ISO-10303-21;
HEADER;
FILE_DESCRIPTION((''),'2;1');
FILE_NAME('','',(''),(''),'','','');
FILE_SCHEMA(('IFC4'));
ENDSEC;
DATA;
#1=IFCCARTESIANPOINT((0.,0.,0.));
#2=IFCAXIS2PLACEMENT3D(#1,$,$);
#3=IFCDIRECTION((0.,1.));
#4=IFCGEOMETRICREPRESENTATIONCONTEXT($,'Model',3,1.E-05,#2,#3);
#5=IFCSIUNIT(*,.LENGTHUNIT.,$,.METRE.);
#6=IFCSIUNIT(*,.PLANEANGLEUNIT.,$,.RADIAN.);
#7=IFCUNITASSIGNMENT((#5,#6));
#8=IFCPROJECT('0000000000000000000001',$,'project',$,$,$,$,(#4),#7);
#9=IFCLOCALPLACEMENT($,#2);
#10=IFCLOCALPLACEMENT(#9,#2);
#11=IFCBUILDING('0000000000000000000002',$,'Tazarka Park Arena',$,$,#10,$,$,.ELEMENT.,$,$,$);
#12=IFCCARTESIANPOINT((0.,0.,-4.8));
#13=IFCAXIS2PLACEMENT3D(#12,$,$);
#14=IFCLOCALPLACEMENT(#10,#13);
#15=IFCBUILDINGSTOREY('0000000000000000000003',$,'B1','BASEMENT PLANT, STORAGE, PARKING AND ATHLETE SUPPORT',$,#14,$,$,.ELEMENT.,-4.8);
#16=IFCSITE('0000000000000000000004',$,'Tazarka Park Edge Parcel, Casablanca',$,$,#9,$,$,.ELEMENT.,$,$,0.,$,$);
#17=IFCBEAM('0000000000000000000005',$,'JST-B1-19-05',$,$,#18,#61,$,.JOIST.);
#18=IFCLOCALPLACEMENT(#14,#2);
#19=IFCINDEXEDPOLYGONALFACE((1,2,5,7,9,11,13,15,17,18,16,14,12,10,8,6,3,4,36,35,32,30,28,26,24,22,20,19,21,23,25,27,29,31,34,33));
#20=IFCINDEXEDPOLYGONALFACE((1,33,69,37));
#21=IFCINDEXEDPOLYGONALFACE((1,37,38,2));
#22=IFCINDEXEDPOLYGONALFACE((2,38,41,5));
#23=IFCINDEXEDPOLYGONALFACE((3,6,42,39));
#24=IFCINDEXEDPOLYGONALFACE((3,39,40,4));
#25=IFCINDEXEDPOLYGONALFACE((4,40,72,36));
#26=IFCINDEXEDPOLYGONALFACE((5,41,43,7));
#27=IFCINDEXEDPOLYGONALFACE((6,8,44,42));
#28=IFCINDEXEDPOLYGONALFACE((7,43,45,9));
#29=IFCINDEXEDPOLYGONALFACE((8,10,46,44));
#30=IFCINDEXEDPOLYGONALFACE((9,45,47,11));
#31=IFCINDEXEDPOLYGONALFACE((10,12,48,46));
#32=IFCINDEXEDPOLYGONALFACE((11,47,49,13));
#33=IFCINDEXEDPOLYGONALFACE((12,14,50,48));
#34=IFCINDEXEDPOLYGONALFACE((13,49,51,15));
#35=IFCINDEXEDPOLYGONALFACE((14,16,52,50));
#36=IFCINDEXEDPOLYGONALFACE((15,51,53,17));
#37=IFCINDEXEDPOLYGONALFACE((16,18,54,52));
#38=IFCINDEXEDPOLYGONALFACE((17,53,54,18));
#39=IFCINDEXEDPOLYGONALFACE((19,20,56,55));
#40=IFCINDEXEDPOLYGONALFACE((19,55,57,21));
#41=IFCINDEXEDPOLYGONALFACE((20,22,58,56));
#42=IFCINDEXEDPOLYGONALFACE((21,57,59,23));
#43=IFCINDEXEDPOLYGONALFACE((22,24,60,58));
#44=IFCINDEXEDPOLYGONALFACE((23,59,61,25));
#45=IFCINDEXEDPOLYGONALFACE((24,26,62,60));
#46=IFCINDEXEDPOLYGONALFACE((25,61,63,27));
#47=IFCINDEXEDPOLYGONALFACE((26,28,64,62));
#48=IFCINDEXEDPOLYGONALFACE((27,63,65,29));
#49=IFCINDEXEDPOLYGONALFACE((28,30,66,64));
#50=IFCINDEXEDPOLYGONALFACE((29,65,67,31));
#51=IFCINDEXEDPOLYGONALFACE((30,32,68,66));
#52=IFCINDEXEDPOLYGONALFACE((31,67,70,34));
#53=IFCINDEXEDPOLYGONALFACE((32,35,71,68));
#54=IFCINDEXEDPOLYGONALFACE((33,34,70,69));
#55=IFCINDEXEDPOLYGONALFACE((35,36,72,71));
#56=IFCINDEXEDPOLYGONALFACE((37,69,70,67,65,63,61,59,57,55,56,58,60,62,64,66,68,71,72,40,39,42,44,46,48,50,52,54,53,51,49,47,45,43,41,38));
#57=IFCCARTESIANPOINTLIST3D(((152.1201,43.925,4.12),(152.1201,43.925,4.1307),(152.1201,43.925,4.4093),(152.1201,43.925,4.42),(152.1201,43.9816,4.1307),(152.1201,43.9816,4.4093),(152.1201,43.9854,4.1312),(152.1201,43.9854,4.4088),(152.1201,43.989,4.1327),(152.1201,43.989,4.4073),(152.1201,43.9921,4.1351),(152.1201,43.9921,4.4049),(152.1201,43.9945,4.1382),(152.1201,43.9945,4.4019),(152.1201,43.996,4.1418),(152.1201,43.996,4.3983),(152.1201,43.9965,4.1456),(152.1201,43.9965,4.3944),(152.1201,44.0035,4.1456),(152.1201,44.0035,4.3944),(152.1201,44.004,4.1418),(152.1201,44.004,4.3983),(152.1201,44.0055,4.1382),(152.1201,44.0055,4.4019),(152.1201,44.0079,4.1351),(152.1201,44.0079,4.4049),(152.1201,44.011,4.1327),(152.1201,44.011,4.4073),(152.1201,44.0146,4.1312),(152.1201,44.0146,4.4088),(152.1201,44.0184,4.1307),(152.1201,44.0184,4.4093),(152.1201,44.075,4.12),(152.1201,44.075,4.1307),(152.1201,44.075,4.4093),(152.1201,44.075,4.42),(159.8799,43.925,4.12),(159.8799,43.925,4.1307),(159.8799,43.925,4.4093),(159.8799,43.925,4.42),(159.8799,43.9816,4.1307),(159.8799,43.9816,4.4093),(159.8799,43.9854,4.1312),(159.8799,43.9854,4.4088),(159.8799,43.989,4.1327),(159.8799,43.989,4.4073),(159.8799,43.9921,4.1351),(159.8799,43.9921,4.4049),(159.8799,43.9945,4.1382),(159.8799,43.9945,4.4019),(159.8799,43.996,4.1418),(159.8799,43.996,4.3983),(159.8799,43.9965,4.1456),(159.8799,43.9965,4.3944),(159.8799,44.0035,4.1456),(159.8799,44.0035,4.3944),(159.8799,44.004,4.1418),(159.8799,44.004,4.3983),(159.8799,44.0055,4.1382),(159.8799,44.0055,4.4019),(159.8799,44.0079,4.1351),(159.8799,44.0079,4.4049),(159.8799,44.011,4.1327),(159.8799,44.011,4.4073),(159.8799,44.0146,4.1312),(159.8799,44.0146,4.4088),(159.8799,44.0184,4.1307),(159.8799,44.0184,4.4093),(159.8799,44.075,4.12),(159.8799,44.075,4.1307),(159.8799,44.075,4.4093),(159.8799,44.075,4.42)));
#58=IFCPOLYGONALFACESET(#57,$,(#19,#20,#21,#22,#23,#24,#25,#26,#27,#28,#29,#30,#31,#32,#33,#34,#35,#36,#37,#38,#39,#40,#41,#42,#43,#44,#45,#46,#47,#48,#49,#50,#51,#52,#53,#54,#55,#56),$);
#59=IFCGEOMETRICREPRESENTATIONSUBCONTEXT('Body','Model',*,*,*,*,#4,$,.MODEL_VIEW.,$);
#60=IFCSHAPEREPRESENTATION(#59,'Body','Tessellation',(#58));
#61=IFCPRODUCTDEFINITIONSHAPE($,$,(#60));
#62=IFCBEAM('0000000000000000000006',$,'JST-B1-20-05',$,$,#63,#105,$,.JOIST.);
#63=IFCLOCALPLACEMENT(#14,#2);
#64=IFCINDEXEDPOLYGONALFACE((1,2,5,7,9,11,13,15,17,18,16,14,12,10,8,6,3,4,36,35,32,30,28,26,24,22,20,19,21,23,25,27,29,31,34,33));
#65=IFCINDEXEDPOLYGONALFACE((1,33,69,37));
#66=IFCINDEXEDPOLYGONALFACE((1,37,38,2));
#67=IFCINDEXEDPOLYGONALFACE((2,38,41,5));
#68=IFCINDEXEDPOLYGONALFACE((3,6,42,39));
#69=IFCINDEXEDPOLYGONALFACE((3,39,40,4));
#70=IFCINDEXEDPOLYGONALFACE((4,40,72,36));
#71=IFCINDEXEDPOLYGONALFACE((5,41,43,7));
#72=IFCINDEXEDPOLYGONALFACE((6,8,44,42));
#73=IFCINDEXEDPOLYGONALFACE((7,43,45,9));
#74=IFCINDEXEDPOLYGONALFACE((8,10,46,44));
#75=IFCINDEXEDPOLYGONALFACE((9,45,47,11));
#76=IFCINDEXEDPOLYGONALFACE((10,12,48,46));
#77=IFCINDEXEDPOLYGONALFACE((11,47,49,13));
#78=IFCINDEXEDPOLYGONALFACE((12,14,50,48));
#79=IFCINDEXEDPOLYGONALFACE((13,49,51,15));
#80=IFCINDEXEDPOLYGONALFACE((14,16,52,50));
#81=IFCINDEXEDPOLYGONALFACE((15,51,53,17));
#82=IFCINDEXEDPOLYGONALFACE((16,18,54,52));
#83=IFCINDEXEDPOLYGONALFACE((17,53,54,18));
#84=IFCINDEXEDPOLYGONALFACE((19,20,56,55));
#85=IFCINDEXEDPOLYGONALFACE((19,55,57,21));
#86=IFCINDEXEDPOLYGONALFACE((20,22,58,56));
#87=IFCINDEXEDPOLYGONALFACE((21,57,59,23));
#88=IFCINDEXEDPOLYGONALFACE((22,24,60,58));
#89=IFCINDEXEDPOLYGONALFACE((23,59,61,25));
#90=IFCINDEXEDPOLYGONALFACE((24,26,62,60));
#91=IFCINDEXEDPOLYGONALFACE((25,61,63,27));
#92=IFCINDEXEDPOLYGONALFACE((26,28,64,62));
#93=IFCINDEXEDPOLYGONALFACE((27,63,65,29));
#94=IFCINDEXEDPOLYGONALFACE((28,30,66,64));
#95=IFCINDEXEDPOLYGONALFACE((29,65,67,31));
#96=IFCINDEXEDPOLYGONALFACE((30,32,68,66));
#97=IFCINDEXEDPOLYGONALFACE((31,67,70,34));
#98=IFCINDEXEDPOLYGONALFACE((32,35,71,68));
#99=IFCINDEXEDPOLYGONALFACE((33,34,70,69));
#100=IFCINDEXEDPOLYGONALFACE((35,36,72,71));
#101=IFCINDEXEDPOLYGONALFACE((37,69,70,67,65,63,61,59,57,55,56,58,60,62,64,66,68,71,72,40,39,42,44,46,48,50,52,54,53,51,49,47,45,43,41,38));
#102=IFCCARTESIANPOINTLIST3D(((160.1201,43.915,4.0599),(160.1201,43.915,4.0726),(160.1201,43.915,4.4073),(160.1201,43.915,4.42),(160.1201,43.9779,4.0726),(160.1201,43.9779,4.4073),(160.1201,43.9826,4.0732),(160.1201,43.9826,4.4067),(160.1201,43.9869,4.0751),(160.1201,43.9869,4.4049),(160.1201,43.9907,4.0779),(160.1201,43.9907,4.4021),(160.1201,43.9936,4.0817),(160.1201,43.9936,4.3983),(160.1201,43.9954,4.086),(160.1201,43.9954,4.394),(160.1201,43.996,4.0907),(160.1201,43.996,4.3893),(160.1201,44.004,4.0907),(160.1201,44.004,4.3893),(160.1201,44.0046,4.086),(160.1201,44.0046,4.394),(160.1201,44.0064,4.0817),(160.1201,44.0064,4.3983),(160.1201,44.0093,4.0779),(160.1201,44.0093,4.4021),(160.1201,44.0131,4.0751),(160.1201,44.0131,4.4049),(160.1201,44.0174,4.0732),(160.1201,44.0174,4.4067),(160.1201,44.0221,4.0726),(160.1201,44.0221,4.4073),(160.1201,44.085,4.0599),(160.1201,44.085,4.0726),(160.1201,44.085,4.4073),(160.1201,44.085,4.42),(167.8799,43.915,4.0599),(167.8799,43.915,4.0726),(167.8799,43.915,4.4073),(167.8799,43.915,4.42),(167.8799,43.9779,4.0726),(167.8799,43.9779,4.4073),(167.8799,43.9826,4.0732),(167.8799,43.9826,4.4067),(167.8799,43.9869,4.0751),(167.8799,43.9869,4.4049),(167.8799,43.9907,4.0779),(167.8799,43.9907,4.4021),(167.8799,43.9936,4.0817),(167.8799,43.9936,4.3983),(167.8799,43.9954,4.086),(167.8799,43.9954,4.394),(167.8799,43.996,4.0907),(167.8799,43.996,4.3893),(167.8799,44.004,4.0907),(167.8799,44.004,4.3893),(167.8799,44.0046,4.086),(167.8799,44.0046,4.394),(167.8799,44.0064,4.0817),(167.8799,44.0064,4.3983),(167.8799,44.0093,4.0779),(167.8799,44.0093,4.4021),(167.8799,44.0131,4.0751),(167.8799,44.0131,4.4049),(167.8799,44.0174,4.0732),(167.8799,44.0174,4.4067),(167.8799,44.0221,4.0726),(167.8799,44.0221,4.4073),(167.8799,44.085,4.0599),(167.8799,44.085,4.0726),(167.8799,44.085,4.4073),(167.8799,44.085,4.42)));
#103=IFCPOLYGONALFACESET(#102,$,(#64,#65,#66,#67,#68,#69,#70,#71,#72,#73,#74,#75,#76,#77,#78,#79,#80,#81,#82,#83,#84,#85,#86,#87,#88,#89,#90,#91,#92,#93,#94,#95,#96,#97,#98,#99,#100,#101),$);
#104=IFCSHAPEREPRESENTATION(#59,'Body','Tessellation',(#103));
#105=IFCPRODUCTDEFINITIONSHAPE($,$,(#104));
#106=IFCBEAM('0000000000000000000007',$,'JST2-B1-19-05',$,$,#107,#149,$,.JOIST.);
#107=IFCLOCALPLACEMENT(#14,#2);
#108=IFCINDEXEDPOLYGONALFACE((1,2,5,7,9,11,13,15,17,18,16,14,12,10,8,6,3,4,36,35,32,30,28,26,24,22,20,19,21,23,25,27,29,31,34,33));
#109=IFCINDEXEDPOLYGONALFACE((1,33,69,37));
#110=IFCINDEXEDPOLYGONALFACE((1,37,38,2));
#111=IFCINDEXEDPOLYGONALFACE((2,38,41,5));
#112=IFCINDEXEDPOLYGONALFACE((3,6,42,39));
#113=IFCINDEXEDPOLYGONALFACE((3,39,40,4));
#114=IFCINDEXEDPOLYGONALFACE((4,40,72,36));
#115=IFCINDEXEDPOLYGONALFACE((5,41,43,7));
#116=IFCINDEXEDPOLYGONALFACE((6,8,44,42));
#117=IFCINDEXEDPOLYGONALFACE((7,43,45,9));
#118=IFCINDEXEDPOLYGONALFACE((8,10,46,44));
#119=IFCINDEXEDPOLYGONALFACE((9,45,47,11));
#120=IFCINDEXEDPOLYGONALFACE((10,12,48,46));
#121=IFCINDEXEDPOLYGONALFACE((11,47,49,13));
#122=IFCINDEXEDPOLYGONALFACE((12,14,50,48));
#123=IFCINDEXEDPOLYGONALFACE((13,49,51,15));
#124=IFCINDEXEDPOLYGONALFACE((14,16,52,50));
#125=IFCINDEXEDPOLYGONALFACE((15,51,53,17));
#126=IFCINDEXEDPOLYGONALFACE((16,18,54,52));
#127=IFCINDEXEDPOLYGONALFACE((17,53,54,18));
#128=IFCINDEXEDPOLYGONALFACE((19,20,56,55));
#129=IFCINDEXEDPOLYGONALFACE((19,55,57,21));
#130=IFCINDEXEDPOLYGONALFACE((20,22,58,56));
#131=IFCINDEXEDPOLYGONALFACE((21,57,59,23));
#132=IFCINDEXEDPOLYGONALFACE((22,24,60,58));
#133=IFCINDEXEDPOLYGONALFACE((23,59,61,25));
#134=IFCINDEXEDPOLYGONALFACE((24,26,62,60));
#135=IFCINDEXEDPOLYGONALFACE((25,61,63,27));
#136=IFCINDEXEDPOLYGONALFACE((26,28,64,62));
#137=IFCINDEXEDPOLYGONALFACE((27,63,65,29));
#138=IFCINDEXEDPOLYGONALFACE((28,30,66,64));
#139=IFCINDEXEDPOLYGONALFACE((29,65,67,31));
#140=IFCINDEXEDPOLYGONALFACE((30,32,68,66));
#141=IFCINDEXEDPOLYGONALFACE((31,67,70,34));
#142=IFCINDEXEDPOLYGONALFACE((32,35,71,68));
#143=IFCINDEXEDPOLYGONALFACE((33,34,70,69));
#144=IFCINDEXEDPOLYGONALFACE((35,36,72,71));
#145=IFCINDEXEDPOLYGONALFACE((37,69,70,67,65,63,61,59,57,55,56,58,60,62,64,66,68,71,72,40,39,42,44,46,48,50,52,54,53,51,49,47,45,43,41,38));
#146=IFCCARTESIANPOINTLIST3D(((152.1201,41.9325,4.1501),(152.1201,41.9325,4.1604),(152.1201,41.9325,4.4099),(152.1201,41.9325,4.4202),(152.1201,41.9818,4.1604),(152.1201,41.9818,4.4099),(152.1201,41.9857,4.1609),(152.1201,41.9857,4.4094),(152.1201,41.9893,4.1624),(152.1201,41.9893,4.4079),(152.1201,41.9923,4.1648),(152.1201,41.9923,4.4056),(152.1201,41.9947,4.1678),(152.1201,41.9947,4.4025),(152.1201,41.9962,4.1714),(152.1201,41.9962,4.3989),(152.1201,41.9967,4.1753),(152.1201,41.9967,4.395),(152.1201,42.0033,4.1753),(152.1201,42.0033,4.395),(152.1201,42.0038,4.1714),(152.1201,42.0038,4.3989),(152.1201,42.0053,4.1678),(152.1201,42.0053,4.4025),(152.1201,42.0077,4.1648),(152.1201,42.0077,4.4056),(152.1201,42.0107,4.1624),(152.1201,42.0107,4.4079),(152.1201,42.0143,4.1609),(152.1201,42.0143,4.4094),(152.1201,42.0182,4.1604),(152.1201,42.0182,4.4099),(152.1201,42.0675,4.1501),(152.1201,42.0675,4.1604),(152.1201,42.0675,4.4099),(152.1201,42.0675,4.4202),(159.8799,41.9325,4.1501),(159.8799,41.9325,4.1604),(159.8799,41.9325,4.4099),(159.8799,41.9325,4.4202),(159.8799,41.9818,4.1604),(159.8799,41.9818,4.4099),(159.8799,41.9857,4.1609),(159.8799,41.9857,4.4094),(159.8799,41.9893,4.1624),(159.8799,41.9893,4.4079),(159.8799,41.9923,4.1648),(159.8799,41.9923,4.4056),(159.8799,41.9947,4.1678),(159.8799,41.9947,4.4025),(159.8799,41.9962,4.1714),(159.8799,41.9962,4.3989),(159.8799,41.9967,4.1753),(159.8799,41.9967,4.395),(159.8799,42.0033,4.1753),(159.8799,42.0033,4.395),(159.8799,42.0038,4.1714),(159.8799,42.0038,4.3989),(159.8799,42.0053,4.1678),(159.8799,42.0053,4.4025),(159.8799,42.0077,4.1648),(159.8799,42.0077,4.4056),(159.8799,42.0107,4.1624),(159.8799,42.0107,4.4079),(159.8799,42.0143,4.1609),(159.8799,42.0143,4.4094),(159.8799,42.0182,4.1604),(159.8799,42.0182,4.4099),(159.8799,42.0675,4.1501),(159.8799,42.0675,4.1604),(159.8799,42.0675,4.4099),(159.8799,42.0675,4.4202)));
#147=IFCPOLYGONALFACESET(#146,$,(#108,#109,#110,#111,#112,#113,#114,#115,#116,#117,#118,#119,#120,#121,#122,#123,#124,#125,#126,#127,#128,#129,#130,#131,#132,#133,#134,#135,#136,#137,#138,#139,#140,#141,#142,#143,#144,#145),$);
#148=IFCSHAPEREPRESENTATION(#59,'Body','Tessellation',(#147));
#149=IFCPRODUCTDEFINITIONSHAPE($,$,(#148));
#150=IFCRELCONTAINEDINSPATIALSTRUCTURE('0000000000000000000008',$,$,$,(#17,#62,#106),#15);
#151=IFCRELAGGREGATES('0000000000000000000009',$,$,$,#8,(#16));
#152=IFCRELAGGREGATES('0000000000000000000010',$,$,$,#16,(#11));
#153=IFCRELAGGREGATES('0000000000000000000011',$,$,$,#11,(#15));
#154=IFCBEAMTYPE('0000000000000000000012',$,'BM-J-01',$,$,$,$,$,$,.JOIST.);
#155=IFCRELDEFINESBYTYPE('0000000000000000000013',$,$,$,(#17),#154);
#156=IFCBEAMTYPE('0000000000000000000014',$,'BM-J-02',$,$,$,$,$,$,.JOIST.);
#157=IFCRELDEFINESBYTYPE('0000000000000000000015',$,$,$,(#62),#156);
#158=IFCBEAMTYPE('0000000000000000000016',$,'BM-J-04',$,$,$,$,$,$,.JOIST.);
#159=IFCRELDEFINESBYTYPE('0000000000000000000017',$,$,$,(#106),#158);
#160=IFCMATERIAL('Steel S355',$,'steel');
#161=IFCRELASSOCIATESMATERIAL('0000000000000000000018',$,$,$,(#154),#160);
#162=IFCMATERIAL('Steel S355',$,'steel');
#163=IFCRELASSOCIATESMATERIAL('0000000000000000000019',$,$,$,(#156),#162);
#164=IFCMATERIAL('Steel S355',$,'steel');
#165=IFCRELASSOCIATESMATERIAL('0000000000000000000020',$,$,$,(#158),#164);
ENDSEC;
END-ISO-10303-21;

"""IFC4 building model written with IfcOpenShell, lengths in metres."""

from ifc_helpers import new_model, si_unit, direction, frame, origin, origin_2d, place, context, subcontext, project, spatial, i_section, extrude, material, material_profile, profile_set, type_object, element, save


model = new_model("IFC4")

# Units and contexts
model_context = context("Model", 3, precision=1e-05, world=origin(), true_north=direction((0.0, 1.0)))
body_context = subcontext(model_context, "Body", "Model", "MODEL_VIEW")
ifc_project = project(units=[si_unit("LENGTHUNIT", "METRE"), si_unit("PLANEANGLEUNIT", "RADIAN")], contexts=[model_context])

# Site, building, storey
site_placement = place(None, origin())
site = spatial("IfcSite", under=ifc_project, at=site_placement, Name="Tazarka Park Edge Parcel, Casablanca", CompositionType="ELEMENT", RefElevation=0.0)
building_placement = place(site_placement, origin())
building = spatial("IfcBuilding", under=site, at=building_placement, Name="Tazarka Park Arena", CompositionType="ELEMENT")
storey_placement = place(building_placement, frame((0.0, 0.0, -4.8)))
storey = spatial("IfcBuildingStorey", under=building, at=storey_placement, Name="B1", Description="BASEMENT PLANT, STORAGE, PARKING AND ATHLETE SUPPORT", CompositionType="ELEMENT", Elevation=-4.8)

# Beams
ifc_material_1 = material(Name="Steel S355", Category="steel")
ifc_material_profile_1 = material_profile(ifc_material_1, i_section(OverallWidth=0.1499, OverallDepth=0.3, WebThickness=0.0071, FlangeThickness=0.0107, FilletRadius=0.0149, at=origin_2d()), Name="Steel S355")
ifc_profile_set_1 = profile_set([ifc_material_profile_1], Name="Steel S355")
beam_type_1 = type_object("IfcBeamType", Name="BM-J-01", PredefinedType="JOIST", material=ifc_profile_set_1)
beam_1_placement = place(storey_placement, frame((152.1201, 44.0, 4.27), z_axis=(1.0, 0.0, 0.0), x_axis=(0.0, 1.0, 0.0)))
element("IfcBeam", 1, at=beam_1_placement, inside=storey, type_object=beam_type_1, Name="JST-B1-19-05", PredefinedType="JOIST", context=body_context, shape_type="SweptSolid", body=[
    extrude(i_section(OverallWidth=0.1499, OverallDepth=0.3, WebThickness=0.0071, FlangeThickness=0.0107, FilletRadius=0.0149, at=origin_2d()), origin(), (0.0, 0.0, 1.0), 7.7598),
])
ifc_material_2 = material(Name="Steel S355", Category="steel")
ifc_material_profile_2 = material_profile(ifc_material_2, i_section(OverallWidth=0.1699, OverallDepth=0.3601, WebThickness=0.0081, FlangeThickness=0.0127, FilletRadius=0.0181, at=origin_2d()), Name="Steel S355")
ifc_profile_set_2 = profile_set([ifc_material_profile_2], Name="Steel S355")
beam_type_2 = type_object("IfcBeamType", Name="BM-J-02", PredefinedType="JOIST", material=ifc_profile_set_2)
beam_2_placement = place(storey_placement, frame((160.1201, 44.0, 4.24), z_axis=(1.0, 0.0, 0.0), x_axis=(0.0, 1.0, 0.0)))
element("IfcBeam", 2, at=beam_2_placement, inside=storey, type_object=beam_type_2, Name="JST-B1-20-05", PredefinedType="JOIST", context=body_context, shape_type="SweptSolid", body=[
    extrude(i_section(OverallWidth=0.1699, OverallDepth=0.3601, WebThickness=0.0081, FlangeThickness=0.0127, FilletRadius=0.0181, at=origin_2d()), origin(), (0.0, 0.0, 1.0), 7.7598),
])
ifc_material_3 = material(Name="Steel S355", Category="steel")
ifc_material_profile_3 = material_profile(ifc_material_3, i_section(OverallWidth=0.135, OverallDepth=0.27, WebThickness=0.0066, FlangeThickness=0.0103, FilletRadius=0.0149, at=origin_2d()), Name="Steel S355")
ifc_profile_set_3 = profile_set([ifc_material_profile_3], Name="Steel S355")
beam_type_3 = type_object("IfcBeamType", Name="BM-J-04", PredefinedType="JOIST", material=ifc_profile_set_3)
beam_3_placement = place(storey_placement, frame((152.1201, 42.0, 4.2852), z_axis=(1.0, 0.0, 0.0), x_axis=(0.0, 1.0, 0.0)))
element("IfcBeam", 3, at=beam_3_placement, inside=storey, type_object=beam_type_3, Name="JST2-B1-19-05", PredefinedType="JOIST", context=body_context, shape_type="SweptSolid", body=[
    extrude(i_section(OverallWidth=0.135, OverallDepth=0.27, WebThickness=0.0066, FlangeThickness=0.0103, FilletRadius=0.0149, at=origin_2d()), origin(), (0.0, 0.0, 1.0), 7.7598),
])

save(model, "model.ifc")
